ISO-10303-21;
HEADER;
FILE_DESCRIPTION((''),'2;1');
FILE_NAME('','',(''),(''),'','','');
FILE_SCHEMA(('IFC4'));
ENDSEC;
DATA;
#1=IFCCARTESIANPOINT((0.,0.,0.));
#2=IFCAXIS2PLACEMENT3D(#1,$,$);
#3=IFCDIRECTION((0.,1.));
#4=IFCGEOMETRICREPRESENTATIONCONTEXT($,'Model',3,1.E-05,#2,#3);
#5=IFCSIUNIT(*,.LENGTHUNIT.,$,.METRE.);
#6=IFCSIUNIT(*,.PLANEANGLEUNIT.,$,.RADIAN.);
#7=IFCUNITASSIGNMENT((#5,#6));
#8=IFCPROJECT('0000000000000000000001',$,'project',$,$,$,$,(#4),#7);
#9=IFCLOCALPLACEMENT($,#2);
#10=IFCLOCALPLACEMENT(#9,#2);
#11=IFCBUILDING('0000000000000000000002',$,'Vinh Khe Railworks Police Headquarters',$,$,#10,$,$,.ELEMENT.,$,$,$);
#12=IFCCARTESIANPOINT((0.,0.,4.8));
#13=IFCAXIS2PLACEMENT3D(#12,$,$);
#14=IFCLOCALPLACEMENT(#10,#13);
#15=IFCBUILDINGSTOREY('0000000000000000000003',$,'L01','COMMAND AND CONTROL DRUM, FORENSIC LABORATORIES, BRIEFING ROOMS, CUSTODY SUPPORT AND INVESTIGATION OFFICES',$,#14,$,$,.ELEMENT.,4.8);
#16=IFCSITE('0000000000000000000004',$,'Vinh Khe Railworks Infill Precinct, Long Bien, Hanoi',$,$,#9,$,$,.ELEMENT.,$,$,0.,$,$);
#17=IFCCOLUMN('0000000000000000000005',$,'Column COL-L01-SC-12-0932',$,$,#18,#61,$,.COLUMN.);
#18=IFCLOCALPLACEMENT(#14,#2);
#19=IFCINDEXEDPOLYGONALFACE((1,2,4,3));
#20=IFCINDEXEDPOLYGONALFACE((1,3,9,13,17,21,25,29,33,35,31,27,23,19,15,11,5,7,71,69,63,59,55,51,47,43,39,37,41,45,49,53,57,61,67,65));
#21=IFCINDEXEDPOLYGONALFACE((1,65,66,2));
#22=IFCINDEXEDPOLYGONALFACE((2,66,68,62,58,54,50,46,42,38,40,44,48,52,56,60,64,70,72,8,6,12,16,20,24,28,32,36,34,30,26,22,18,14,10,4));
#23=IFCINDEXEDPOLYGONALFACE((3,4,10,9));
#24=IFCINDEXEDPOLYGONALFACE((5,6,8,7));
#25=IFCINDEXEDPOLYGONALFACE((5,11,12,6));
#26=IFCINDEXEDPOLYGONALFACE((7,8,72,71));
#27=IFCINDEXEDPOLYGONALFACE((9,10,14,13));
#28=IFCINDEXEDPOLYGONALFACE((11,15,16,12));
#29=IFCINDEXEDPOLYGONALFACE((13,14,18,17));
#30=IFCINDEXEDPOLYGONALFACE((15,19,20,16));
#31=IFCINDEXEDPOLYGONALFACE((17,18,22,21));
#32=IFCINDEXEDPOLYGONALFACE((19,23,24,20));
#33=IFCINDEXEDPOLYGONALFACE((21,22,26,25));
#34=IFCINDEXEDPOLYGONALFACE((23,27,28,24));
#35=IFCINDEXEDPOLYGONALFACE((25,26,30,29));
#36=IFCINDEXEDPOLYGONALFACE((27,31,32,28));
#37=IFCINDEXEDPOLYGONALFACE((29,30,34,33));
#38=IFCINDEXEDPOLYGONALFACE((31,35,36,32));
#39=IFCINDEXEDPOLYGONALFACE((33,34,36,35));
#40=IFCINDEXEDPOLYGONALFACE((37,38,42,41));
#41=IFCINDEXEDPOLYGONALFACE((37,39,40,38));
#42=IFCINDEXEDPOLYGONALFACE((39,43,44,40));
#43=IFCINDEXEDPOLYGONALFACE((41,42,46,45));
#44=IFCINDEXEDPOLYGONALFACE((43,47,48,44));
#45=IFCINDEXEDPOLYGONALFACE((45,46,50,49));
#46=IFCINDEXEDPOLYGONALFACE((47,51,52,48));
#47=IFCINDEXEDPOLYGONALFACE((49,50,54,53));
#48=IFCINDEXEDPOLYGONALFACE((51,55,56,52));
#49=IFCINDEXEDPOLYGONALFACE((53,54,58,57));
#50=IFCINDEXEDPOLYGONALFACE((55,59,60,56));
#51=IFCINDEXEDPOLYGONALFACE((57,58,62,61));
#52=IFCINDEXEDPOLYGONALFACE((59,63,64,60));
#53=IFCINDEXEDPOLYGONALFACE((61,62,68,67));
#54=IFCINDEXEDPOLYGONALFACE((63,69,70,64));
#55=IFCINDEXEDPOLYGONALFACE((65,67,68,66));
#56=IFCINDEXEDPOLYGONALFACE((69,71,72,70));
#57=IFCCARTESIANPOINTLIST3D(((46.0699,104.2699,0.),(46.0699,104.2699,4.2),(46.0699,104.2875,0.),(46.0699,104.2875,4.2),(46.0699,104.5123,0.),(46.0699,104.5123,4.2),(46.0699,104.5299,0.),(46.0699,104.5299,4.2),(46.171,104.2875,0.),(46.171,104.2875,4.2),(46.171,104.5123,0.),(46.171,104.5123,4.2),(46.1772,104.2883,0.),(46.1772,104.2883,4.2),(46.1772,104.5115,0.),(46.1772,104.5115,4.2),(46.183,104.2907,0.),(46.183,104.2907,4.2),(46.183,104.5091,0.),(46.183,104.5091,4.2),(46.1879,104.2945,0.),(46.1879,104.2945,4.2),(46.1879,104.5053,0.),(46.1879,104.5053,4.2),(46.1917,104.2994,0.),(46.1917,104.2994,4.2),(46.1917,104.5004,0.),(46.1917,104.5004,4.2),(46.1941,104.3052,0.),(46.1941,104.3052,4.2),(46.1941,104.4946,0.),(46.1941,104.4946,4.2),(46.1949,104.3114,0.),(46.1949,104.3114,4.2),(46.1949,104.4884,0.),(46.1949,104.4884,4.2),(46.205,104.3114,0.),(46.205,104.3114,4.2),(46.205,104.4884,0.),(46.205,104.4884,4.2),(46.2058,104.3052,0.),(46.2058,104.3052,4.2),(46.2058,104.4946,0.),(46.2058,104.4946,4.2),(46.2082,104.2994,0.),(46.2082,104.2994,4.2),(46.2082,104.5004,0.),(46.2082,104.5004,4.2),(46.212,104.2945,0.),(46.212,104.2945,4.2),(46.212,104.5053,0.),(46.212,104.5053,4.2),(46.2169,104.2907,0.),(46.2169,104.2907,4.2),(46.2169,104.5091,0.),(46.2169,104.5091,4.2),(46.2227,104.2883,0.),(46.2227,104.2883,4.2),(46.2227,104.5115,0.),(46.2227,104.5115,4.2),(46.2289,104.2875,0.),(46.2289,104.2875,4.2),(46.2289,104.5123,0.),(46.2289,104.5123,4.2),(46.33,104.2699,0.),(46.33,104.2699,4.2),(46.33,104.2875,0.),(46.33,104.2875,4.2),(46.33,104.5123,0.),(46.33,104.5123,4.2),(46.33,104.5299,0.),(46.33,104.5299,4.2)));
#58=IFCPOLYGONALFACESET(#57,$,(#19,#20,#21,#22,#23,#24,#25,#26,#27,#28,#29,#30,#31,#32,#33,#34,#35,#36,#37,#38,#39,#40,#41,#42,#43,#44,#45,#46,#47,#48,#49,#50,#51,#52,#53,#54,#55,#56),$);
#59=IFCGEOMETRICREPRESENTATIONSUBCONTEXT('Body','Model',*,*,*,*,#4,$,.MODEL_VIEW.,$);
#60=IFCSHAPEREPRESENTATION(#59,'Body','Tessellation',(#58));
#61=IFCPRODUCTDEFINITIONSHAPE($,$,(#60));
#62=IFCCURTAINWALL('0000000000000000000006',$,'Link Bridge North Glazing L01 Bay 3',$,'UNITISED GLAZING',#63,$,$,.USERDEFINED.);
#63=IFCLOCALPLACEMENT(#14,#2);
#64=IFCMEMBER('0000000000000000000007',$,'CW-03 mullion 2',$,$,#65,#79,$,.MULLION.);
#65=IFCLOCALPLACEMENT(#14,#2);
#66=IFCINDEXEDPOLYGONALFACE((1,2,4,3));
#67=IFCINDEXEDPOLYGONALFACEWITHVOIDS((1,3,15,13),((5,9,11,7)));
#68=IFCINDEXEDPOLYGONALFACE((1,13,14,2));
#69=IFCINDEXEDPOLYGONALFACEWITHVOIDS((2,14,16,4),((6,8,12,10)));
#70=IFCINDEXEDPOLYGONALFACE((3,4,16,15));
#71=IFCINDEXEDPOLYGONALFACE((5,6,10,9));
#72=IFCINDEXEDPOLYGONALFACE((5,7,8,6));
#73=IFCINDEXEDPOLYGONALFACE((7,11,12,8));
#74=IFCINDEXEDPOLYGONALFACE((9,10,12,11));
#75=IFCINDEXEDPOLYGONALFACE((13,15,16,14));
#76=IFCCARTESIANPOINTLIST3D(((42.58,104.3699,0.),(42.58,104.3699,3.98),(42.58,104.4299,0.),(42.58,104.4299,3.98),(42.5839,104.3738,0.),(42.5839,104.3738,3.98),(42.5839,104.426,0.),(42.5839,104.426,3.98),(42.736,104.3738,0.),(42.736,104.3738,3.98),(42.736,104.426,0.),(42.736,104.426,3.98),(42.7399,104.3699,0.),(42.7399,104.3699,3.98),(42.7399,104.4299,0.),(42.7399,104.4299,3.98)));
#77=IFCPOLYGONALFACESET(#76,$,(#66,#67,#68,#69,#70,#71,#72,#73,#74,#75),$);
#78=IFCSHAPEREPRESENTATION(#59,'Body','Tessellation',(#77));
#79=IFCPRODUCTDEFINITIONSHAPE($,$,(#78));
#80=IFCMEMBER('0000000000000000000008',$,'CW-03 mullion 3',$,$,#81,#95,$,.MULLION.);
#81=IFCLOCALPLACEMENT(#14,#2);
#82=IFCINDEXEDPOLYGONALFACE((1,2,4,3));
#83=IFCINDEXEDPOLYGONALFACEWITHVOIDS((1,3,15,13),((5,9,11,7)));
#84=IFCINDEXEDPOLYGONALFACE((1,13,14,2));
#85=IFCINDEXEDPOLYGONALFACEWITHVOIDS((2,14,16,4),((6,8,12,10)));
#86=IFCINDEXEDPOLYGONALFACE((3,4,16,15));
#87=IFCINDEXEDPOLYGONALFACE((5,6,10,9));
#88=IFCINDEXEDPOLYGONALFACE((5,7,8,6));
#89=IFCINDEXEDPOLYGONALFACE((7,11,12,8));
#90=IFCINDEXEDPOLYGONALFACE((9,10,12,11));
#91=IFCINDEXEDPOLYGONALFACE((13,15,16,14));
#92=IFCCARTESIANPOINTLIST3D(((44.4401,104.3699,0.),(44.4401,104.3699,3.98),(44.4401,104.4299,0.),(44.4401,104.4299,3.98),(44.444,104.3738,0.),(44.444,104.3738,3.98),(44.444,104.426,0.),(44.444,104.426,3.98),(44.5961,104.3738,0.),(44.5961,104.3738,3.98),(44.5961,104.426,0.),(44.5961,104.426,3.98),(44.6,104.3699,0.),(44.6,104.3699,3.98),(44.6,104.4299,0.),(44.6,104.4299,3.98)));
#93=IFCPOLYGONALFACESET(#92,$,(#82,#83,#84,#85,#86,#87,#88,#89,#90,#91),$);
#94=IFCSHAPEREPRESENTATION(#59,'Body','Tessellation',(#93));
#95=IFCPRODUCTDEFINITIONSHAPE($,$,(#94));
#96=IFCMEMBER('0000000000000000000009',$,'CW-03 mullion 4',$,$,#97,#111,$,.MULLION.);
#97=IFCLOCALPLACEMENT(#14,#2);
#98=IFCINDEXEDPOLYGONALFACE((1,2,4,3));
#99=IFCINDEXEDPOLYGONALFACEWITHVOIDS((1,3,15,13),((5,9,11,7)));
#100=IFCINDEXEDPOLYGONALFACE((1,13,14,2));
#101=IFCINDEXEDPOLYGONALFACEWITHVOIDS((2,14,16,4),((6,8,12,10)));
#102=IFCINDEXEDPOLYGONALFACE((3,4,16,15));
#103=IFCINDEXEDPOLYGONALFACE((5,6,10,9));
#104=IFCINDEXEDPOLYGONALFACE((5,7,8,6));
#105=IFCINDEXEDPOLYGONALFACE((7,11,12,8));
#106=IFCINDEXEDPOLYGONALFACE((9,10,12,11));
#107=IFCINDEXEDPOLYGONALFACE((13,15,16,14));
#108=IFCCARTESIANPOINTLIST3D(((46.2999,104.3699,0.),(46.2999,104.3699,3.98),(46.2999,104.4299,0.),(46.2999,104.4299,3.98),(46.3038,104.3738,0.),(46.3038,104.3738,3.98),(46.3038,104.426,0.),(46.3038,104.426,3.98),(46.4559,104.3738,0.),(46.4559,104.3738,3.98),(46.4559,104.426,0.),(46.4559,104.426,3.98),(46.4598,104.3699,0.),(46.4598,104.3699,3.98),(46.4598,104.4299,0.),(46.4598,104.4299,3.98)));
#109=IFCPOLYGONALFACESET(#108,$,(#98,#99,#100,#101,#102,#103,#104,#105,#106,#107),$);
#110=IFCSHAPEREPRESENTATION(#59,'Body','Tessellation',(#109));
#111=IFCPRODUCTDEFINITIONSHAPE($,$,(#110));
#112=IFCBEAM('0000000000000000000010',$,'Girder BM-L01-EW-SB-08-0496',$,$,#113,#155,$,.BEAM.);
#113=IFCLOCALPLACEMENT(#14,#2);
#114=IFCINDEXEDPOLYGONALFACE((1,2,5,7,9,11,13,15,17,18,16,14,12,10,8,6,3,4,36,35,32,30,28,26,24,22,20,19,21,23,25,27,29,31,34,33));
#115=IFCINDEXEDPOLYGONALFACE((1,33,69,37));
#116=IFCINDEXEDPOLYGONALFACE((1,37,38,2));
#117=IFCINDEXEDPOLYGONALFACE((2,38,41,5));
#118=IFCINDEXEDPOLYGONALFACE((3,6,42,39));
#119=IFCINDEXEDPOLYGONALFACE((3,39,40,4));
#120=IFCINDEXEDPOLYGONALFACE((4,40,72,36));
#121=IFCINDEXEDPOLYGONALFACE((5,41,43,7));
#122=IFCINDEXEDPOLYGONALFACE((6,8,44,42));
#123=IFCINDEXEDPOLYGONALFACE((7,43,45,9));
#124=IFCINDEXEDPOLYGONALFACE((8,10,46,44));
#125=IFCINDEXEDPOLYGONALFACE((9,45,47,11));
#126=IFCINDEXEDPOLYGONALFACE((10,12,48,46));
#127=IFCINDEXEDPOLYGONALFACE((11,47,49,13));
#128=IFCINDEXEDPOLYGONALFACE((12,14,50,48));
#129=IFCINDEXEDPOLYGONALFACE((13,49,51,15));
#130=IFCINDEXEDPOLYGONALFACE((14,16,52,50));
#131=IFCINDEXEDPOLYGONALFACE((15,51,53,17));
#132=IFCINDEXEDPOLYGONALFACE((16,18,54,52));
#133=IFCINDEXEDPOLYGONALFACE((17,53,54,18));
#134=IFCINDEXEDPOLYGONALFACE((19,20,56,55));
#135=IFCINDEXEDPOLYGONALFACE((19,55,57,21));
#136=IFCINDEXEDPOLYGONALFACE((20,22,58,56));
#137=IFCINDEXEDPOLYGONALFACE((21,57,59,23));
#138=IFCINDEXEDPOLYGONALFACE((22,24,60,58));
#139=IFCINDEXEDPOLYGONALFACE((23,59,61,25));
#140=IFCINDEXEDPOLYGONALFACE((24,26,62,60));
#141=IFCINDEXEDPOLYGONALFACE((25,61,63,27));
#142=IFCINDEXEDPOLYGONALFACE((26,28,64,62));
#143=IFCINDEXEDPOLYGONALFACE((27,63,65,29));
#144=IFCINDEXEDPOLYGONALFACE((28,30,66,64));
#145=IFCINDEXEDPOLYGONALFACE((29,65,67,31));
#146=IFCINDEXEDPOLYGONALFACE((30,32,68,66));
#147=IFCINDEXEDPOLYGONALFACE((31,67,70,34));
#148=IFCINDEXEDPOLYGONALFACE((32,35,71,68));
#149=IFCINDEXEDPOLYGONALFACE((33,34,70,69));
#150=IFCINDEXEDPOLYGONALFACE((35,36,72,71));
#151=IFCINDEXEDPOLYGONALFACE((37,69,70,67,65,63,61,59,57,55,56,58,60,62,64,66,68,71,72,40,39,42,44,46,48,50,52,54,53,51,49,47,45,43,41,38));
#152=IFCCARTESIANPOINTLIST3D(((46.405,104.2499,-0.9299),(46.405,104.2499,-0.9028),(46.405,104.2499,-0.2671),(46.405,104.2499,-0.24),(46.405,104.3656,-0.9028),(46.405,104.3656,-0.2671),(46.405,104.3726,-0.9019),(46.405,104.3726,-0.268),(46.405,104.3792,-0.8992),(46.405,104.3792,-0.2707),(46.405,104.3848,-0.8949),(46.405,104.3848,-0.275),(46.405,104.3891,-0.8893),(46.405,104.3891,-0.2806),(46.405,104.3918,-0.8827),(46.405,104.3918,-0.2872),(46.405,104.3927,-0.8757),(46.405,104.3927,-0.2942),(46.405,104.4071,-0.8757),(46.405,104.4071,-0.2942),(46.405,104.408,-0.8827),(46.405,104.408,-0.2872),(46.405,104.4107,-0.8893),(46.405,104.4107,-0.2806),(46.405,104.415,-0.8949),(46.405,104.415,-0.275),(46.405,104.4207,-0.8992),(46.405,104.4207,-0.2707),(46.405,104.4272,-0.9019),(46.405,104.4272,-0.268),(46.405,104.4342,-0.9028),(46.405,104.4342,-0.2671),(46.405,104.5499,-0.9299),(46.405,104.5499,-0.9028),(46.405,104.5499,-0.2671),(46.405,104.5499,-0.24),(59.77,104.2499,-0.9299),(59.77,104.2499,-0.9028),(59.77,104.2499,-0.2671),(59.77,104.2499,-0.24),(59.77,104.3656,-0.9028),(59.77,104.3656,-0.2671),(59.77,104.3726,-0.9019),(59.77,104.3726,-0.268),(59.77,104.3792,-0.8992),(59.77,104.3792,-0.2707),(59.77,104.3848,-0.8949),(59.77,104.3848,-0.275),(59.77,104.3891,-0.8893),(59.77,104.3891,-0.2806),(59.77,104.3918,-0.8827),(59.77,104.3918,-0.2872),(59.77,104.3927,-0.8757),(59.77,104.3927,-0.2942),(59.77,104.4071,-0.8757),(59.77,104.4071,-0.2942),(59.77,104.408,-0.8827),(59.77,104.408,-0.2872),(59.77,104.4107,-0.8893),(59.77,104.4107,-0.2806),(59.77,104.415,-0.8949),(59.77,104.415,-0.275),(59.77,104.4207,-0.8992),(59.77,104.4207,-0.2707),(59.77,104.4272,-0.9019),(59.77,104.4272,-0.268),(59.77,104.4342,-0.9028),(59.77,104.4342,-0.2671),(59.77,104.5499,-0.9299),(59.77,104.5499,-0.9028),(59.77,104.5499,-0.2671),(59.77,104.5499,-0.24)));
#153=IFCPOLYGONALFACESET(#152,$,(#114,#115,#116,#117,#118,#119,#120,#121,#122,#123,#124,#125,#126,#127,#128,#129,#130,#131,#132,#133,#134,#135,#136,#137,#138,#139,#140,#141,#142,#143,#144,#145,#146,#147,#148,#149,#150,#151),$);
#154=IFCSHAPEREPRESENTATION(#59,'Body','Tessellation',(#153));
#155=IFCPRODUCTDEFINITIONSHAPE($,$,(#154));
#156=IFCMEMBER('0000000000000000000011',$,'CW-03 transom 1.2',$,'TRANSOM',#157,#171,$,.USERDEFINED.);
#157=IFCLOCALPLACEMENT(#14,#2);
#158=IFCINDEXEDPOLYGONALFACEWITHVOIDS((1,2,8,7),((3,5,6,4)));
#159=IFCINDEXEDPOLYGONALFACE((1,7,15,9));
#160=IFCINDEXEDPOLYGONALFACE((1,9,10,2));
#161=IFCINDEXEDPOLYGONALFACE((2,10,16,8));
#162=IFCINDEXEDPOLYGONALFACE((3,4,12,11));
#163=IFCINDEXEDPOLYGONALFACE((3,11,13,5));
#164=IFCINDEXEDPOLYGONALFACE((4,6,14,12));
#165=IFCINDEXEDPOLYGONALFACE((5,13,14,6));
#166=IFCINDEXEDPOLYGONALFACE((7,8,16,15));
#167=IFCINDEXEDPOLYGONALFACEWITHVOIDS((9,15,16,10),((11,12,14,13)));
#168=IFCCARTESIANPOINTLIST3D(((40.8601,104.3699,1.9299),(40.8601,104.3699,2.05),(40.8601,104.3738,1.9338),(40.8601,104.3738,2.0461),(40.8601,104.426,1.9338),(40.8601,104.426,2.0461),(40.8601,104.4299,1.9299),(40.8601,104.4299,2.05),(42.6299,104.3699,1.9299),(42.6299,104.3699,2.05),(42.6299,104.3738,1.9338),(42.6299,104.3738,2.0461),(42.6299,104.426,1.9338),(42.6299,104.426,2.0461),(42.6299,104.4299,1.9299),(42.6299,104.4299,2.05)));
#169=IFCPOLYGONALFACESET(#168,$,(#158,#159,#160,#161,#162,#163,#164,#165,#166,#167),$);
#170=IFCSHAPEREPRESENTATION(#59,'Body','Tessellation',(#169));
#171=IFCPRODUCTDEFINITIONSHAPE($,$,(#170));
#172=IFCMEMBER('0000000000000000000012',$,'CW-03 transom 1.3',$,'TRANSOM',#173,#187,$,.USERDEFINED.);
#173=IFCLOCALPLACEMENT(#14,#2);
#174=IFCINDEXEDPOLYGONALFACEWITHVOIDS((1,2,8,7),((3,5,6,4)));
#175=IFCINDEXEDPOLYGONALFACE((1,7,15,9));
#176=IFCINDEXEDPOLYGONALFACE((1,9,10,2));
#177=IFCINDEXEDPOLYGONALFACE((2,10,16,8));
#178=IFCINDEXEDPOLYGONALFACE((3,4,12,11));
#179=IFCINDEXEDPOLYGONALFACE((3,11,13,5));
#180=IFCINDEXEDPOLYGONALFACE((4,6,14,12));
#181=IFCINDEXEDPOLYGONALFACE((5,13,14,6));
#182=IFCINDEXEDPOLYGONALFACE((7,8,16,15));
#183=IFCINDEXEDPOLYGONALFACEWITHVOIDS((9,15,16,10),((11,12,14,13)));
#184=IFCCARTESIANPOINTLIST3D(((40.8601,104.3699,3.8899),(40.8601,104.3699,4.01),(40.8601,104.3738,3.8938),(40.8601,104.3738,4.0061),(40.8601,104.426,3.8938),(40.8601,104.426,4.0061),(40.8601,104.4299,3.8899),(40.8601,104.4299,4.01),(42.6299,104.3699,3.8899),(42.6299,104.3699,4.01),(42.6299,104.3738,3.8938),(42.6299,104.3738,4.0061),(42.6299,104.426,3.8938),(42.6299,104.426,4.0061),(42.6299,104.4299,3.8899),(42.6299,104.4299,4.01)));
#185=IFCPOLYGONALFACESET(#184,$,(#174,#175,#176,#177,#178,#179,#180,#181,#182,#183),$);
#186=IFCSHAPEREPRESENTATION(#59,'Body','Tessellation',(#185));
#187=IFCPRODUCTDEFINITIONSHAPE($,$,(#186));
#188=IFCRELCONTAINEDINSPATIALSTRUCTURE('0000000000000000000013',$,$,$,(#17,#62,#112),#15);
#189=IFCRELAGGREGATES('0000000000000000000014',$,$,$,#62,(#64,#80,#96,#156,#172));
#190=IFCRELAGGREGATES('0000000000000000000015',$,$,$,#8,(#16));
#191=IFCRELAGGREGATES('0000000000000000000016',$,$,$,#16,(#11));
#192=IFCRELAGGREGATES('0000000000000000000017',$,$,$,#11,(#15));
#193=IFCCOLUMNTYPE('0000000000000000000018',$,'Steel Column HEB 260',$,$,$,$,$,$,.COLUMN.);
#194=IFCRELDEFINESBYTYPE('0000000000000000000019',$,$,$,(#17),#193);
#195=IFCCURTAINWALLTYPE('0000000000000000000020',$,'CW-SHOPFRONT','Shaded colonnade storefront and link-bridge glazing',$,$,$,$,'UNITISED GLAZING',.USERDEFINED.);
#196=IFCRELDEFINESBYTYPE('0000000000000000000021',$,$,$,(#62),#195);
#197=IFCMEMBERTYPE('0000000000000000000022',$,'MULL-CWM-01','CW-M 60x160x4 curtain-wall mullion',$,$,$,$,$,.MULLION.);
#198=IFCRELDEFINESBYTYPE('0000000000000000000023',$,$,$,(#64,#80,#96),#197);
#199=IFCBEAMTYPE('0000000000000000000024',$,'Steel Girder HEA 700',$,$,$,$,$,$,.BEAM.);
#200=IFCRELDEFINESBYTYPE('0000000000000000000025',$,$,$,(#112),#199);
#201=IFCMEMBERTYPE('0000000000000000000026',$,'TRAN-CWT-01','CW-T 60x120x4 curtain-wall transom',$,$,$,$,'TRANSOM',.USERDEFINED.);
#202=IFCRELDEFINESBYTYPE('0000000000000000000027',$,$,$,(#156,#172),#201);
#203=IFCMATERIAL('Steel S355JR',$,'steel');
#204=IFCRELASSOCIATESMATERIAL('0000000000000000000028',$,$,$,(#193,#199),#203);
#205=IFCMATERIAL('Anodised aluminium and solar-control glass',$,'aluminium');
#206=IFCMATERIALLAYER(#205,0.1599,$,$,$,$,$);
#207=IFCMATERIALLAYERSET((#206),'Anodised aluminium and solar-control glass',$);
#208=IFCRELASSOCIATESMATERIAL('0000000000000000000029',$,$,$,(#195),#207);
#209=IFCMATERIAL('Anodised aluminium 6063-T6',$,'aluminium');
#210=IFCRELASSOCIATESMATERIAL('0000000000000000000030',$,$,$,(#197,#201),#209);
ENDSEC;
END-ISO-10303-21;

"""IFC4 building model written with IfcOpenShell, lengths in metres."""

from ifc_helpers import new_model, si_unit, direction, frame, origin, origin_2d, place, context, subcontext, project, spatial, hollow_rectangle, i_section, extrude, material, layer, layer_set, material_profile, profile_set, type_object, element, aggregate, save


model = new_model("IFC4")

# Units and contexts
model_context = context("Model", 3, precision=1e-05, world=origin(), true_north=direction((0.0, 1.0)))
body_context = subcontext(model_context, "Body", "Model", "MODEL_VIEW")
ifc_project = project(units=[si_unit("LENGTHUNIT", "METRE"), si_unit("PLANEANGLEUNIT", "RADIAN")], contexts=[model_context])

# Site, building, storey
site_placement = place(None, origin())
site = spatial("IfcSite", under=ifc_project, at=site_placement, Name="Vinh Khe Railworks Infill Precinct, Long Bien, Hanoi", CompositionType="ELEMENT", RefElevation=0.0)
building_placement = place(site_placement, origin())
building = spatial("IfcBuilding", under=site, at=building_placement, Name="Vinh Khe Railworks Police Headquarters", CompositionType="ELEMENT")
storey_placement = place(building_placement, frame((0.0, 0.0, 4.8)))
storey = spatial("IfcBuildingStorey", under=building, at=storey_placement, Name="L01", Description="COMMAND AND CONTROL DRUM, FORENSIC LABORATORIES, BRIEFING ROOMS, CUSTODY SUPPORT AND INVESTIGATION OFFICES", CompositionType="ELEMENT", Elevation=4.8)

# Column
ifc_material_1 = material(Name="Steel S355JR", Category="steel")
ifc_material_profile_1 = material_profile(ifc_material_1, i_section(OverallWidth=0.26, OverallDepth=0.26, WebThickness=0.01, FlangeThickness=0.0176, FilletRadius=0.0239, at=origin_2d()), Name="HEB 260")
ifc_profile_set_1 = profile_set([ifc_material_profile_1], Name="Steel S355JR")
column_type = type_object("IfcColumnType", Name="Steel Column HEB 260", PredefinedType="COLUMN", material=ifc_profile_set_1)
column_placement = place(storey_placement, frame((46.2, 104.3999, 0.0), z_axis=(0.0, 0.0, 1.0), x_axis=(1.0, 0.0, 0.0)))
element("IfcColumn", 1, at=column_placement, inside=storey, type_object=column_type, Name="Column COL-L01-SC-12-0932", PredefinedType="COLUMN", context=body_context, shape_type="SweptSolid", body=[
    extrude(i_section(OverallWidth=0.26, OverallDepth=0.26, WebThickness=0.01, FlangeThickness=0.0176, FilletRadius=0.0239, at=origin_2d()), origin(), (0.0, 0.0, 1.0), 4.2),
])

# Curtain wall, members
ifc_material_2 = material(Name="Anodised aluminium and solar-control glass", Category="aluminium")
ifc_layer_1 = layer(ifc_material_2, 0.1599)
ifc_layer_set_1 = layer_set([ifc_layer_1], Name="Anodised aluminium and solar-control glass")
curtain_wall_type = type_object("IfcCurtainWallType", Name="CW-SHOPFRONT", Description="Shaded colonnade storefront and link-bridge glazing", ElementType="UNITISED GLAZING", PredefinedType="USERDEFINED", material=ifc_layer_set_1)
curtain_wall_placement = place(storey_placement, origin())
curtain_wall = element("IfcCurtainWall", 2, at=curtain_wall_placement, inside=storey, type_object=curtain_wall_type, Name="Link Bridge North Glazing L01 Bay 3", ObjectType="UNITISED GLAZING", PredefinedType="USERDEFINED")
ifc_material_3 = material(Name="Anodised aluminium 6063-T6", Category="aluminium")
ifc_material_profile_2 = material_profile(ifc_material_3, hollow_rectangle(XDim=0.0601, YDim=0.1599, WallThickness=0.0039, at=origin_2d()), Name="CW-M 60x160x4")
ifc_profile_set_2 = profile_set([ifc_material_profile_2], Name="Anodised aluminium 6063-T6")
member_type_1 = type_object("IfcMemberType", Name="MULL-CWM-01", Description="CW-M 60x160x4 curtain-wall mullion", PredefinedType="MULLION", material=ifc_profile_set_2)
member_1_placement = place(storey_placement, frame((42.6599, 104.3999, 0.0), z_axis=(0.0, 0.0, 1.0), x_axis=(0.0, 1.0, 0.0)))
member_1 = element("IfcMember", 3, at=member_1_placement, type_object=member_type_1, Name="CW-03 mullion 2", PredefinedType="MULLION", context=body_context, shape_type="SweptSolid", body=[
    extrude(hollow_rectangle(XDim=0.0601, YDim=0.1599, WallThickness=0.0039, at=origin_2d()), origin(), (0.0, 0.0, 1.0), 3.98),
])
member_2_placement = place(storey_placement, frame((44.52, 104.3999, 0.0), z_axis=(0.0, 0.0, 1.0), x_axis=(0.0, 1.0, 0.0)))
member_2 = element("IfcMember", 4, at=member_2_placement, type_object=member_type_1, Name="CW-03 mullion 3", PredefinedType="MULLION", context=body_context, shape_type="SweptSolid", body=[
    extrude(hollow_rectangle(XDim=0.0601, YDim=0.1599, WallThickness=0.0039, at=origin_2d()), origin(), (0.0, 0.0, 1.0), 3.98),
])
member_3_placement = place(storey_placement, frame((46.3799, 104.3999, 0.0), z_axis=(0.0, 0.0, 1.0), x_axis=(0.0, 1.0, 0.0)))
member_3 = element("IfcMember", 5, at=member_3_placement, type_object=member_type_1, Name="CW-03 mullion 4", PredefinedType="MULLION", context=body_context, shape_type="SweptSolid", body=[
    extrude(hollow_rectangle(XDim=0.0601, YDim=0.1599, WallThickness=0.0039, at=origin_2d()), origin(), (0.0, 0.0, 1.0), 3.98),
])

# Beam
ifc_material_profile_3 = material_profile(ifc_material_1, i_section(OverallWidth=0.3, OverallDepth=0.6899, WebThickness=0.0144, FlangeThickness=0.0271, FilletRadius=0.0271, at=origin_2d()), Name="HEA 700")
ifc_profile_set_3 = profile_set([ifc_material_profile_3], Name="Steel S355JR")
beam_type = type_object("IfcBeamType", Name="Steel Girder HEA 700", PredefinedType="BEAM", material=ifc_profile_set_3)
beam_placement = place(storey_placement, frame((46.405, 104.3999, -0.585), z_axis=(1.0, 0.0, 0.0), x_axis=(0.0, 1.0, 0.0)))
element("IfcBeam", 6, at=beam_placement, inside=storey, type_object=beam_type, Name="Girder BM-L01-EW-SB-08-0496", PredefinedType="BEAM", context=body_context, shape_type="SweptSolid", body=[
    extrude(i_section(OverallWidth=0.3, OverallDepth=0.6899, WebThickness=0.0144, FlangeThickness=0.0271, FilletRadius=0.0271, at=origin_2d()), origin(), (0.0, 0.0, 1.0), 13.365),
])

# Members
ifc_material_profile_4 = material_profile(ifc_material_3, hollow_rectangle(XDim=0.0601, YDim=0.1201, WallThickness=0.0039, at=origin_2d()), Name="CW-T 60x120x4")
ifc_profile_set_4 = profile_set([ifc_material_profile_4], Name="Anodised aluminium 6063-T6")
member_type_2 = type_object("IfcMemberType", Name="TRAN-CWT-01", Description="CW-T 60x120x4 curtain-wall transom", ElementType="TRANSOM", PredefinedType="USERDEFINED", material=ifc_profile_set_4)
member_4_placement = place(storey_placement, frame((40.8601, 104.3999, 1.99), z_axis=(1.0, 0.0, 0.0), x_axis=(0.0, 1.0, 0.0)))
member_4 = element("IfcMember", 7, at=member_4_placement, type_object=member_type_2, Name="CW-03 transom 1.2", ObjectType="TRANSOM", PredefinedType="USERDEFINED", context=body_context, shape_type="SweptSolid", body=[
    extrude(hollow_rectangle(XDim=0.0601, YDim=0.1201, WallThickness=0.0039, at=origin_2d()), origin(), (0.0, 0.0, 1.0), 1.7698),
])
member_5_placement = place(storey_placement, frame((40.8601, 104.3999, 3.95), z_axis=(1.0, 0.0, 0.0), x_axis=(0.0, 1.0, 0.0)))
member_5 = element("IfcMember", 8, at=member_5_placement, type_object=member_type_2, Name="CW-03 transom 1.3", ObjectType="TRANSOM", PredefinedType="USERDEFINED", context=body_context, shape_type="SweptSolid", body=[
    extrude(hollow_rectangle(XDim=0.0601, YDim=0.1201, WallThickness=0.0039, at=origin_2d()), origin(), (0.0, 0.0, 1.0), 1.7698),
])

aggregate(curtain_wall, [member_1, member_2, member_3, member_4, member_5])

save(model, "model.ifc")
